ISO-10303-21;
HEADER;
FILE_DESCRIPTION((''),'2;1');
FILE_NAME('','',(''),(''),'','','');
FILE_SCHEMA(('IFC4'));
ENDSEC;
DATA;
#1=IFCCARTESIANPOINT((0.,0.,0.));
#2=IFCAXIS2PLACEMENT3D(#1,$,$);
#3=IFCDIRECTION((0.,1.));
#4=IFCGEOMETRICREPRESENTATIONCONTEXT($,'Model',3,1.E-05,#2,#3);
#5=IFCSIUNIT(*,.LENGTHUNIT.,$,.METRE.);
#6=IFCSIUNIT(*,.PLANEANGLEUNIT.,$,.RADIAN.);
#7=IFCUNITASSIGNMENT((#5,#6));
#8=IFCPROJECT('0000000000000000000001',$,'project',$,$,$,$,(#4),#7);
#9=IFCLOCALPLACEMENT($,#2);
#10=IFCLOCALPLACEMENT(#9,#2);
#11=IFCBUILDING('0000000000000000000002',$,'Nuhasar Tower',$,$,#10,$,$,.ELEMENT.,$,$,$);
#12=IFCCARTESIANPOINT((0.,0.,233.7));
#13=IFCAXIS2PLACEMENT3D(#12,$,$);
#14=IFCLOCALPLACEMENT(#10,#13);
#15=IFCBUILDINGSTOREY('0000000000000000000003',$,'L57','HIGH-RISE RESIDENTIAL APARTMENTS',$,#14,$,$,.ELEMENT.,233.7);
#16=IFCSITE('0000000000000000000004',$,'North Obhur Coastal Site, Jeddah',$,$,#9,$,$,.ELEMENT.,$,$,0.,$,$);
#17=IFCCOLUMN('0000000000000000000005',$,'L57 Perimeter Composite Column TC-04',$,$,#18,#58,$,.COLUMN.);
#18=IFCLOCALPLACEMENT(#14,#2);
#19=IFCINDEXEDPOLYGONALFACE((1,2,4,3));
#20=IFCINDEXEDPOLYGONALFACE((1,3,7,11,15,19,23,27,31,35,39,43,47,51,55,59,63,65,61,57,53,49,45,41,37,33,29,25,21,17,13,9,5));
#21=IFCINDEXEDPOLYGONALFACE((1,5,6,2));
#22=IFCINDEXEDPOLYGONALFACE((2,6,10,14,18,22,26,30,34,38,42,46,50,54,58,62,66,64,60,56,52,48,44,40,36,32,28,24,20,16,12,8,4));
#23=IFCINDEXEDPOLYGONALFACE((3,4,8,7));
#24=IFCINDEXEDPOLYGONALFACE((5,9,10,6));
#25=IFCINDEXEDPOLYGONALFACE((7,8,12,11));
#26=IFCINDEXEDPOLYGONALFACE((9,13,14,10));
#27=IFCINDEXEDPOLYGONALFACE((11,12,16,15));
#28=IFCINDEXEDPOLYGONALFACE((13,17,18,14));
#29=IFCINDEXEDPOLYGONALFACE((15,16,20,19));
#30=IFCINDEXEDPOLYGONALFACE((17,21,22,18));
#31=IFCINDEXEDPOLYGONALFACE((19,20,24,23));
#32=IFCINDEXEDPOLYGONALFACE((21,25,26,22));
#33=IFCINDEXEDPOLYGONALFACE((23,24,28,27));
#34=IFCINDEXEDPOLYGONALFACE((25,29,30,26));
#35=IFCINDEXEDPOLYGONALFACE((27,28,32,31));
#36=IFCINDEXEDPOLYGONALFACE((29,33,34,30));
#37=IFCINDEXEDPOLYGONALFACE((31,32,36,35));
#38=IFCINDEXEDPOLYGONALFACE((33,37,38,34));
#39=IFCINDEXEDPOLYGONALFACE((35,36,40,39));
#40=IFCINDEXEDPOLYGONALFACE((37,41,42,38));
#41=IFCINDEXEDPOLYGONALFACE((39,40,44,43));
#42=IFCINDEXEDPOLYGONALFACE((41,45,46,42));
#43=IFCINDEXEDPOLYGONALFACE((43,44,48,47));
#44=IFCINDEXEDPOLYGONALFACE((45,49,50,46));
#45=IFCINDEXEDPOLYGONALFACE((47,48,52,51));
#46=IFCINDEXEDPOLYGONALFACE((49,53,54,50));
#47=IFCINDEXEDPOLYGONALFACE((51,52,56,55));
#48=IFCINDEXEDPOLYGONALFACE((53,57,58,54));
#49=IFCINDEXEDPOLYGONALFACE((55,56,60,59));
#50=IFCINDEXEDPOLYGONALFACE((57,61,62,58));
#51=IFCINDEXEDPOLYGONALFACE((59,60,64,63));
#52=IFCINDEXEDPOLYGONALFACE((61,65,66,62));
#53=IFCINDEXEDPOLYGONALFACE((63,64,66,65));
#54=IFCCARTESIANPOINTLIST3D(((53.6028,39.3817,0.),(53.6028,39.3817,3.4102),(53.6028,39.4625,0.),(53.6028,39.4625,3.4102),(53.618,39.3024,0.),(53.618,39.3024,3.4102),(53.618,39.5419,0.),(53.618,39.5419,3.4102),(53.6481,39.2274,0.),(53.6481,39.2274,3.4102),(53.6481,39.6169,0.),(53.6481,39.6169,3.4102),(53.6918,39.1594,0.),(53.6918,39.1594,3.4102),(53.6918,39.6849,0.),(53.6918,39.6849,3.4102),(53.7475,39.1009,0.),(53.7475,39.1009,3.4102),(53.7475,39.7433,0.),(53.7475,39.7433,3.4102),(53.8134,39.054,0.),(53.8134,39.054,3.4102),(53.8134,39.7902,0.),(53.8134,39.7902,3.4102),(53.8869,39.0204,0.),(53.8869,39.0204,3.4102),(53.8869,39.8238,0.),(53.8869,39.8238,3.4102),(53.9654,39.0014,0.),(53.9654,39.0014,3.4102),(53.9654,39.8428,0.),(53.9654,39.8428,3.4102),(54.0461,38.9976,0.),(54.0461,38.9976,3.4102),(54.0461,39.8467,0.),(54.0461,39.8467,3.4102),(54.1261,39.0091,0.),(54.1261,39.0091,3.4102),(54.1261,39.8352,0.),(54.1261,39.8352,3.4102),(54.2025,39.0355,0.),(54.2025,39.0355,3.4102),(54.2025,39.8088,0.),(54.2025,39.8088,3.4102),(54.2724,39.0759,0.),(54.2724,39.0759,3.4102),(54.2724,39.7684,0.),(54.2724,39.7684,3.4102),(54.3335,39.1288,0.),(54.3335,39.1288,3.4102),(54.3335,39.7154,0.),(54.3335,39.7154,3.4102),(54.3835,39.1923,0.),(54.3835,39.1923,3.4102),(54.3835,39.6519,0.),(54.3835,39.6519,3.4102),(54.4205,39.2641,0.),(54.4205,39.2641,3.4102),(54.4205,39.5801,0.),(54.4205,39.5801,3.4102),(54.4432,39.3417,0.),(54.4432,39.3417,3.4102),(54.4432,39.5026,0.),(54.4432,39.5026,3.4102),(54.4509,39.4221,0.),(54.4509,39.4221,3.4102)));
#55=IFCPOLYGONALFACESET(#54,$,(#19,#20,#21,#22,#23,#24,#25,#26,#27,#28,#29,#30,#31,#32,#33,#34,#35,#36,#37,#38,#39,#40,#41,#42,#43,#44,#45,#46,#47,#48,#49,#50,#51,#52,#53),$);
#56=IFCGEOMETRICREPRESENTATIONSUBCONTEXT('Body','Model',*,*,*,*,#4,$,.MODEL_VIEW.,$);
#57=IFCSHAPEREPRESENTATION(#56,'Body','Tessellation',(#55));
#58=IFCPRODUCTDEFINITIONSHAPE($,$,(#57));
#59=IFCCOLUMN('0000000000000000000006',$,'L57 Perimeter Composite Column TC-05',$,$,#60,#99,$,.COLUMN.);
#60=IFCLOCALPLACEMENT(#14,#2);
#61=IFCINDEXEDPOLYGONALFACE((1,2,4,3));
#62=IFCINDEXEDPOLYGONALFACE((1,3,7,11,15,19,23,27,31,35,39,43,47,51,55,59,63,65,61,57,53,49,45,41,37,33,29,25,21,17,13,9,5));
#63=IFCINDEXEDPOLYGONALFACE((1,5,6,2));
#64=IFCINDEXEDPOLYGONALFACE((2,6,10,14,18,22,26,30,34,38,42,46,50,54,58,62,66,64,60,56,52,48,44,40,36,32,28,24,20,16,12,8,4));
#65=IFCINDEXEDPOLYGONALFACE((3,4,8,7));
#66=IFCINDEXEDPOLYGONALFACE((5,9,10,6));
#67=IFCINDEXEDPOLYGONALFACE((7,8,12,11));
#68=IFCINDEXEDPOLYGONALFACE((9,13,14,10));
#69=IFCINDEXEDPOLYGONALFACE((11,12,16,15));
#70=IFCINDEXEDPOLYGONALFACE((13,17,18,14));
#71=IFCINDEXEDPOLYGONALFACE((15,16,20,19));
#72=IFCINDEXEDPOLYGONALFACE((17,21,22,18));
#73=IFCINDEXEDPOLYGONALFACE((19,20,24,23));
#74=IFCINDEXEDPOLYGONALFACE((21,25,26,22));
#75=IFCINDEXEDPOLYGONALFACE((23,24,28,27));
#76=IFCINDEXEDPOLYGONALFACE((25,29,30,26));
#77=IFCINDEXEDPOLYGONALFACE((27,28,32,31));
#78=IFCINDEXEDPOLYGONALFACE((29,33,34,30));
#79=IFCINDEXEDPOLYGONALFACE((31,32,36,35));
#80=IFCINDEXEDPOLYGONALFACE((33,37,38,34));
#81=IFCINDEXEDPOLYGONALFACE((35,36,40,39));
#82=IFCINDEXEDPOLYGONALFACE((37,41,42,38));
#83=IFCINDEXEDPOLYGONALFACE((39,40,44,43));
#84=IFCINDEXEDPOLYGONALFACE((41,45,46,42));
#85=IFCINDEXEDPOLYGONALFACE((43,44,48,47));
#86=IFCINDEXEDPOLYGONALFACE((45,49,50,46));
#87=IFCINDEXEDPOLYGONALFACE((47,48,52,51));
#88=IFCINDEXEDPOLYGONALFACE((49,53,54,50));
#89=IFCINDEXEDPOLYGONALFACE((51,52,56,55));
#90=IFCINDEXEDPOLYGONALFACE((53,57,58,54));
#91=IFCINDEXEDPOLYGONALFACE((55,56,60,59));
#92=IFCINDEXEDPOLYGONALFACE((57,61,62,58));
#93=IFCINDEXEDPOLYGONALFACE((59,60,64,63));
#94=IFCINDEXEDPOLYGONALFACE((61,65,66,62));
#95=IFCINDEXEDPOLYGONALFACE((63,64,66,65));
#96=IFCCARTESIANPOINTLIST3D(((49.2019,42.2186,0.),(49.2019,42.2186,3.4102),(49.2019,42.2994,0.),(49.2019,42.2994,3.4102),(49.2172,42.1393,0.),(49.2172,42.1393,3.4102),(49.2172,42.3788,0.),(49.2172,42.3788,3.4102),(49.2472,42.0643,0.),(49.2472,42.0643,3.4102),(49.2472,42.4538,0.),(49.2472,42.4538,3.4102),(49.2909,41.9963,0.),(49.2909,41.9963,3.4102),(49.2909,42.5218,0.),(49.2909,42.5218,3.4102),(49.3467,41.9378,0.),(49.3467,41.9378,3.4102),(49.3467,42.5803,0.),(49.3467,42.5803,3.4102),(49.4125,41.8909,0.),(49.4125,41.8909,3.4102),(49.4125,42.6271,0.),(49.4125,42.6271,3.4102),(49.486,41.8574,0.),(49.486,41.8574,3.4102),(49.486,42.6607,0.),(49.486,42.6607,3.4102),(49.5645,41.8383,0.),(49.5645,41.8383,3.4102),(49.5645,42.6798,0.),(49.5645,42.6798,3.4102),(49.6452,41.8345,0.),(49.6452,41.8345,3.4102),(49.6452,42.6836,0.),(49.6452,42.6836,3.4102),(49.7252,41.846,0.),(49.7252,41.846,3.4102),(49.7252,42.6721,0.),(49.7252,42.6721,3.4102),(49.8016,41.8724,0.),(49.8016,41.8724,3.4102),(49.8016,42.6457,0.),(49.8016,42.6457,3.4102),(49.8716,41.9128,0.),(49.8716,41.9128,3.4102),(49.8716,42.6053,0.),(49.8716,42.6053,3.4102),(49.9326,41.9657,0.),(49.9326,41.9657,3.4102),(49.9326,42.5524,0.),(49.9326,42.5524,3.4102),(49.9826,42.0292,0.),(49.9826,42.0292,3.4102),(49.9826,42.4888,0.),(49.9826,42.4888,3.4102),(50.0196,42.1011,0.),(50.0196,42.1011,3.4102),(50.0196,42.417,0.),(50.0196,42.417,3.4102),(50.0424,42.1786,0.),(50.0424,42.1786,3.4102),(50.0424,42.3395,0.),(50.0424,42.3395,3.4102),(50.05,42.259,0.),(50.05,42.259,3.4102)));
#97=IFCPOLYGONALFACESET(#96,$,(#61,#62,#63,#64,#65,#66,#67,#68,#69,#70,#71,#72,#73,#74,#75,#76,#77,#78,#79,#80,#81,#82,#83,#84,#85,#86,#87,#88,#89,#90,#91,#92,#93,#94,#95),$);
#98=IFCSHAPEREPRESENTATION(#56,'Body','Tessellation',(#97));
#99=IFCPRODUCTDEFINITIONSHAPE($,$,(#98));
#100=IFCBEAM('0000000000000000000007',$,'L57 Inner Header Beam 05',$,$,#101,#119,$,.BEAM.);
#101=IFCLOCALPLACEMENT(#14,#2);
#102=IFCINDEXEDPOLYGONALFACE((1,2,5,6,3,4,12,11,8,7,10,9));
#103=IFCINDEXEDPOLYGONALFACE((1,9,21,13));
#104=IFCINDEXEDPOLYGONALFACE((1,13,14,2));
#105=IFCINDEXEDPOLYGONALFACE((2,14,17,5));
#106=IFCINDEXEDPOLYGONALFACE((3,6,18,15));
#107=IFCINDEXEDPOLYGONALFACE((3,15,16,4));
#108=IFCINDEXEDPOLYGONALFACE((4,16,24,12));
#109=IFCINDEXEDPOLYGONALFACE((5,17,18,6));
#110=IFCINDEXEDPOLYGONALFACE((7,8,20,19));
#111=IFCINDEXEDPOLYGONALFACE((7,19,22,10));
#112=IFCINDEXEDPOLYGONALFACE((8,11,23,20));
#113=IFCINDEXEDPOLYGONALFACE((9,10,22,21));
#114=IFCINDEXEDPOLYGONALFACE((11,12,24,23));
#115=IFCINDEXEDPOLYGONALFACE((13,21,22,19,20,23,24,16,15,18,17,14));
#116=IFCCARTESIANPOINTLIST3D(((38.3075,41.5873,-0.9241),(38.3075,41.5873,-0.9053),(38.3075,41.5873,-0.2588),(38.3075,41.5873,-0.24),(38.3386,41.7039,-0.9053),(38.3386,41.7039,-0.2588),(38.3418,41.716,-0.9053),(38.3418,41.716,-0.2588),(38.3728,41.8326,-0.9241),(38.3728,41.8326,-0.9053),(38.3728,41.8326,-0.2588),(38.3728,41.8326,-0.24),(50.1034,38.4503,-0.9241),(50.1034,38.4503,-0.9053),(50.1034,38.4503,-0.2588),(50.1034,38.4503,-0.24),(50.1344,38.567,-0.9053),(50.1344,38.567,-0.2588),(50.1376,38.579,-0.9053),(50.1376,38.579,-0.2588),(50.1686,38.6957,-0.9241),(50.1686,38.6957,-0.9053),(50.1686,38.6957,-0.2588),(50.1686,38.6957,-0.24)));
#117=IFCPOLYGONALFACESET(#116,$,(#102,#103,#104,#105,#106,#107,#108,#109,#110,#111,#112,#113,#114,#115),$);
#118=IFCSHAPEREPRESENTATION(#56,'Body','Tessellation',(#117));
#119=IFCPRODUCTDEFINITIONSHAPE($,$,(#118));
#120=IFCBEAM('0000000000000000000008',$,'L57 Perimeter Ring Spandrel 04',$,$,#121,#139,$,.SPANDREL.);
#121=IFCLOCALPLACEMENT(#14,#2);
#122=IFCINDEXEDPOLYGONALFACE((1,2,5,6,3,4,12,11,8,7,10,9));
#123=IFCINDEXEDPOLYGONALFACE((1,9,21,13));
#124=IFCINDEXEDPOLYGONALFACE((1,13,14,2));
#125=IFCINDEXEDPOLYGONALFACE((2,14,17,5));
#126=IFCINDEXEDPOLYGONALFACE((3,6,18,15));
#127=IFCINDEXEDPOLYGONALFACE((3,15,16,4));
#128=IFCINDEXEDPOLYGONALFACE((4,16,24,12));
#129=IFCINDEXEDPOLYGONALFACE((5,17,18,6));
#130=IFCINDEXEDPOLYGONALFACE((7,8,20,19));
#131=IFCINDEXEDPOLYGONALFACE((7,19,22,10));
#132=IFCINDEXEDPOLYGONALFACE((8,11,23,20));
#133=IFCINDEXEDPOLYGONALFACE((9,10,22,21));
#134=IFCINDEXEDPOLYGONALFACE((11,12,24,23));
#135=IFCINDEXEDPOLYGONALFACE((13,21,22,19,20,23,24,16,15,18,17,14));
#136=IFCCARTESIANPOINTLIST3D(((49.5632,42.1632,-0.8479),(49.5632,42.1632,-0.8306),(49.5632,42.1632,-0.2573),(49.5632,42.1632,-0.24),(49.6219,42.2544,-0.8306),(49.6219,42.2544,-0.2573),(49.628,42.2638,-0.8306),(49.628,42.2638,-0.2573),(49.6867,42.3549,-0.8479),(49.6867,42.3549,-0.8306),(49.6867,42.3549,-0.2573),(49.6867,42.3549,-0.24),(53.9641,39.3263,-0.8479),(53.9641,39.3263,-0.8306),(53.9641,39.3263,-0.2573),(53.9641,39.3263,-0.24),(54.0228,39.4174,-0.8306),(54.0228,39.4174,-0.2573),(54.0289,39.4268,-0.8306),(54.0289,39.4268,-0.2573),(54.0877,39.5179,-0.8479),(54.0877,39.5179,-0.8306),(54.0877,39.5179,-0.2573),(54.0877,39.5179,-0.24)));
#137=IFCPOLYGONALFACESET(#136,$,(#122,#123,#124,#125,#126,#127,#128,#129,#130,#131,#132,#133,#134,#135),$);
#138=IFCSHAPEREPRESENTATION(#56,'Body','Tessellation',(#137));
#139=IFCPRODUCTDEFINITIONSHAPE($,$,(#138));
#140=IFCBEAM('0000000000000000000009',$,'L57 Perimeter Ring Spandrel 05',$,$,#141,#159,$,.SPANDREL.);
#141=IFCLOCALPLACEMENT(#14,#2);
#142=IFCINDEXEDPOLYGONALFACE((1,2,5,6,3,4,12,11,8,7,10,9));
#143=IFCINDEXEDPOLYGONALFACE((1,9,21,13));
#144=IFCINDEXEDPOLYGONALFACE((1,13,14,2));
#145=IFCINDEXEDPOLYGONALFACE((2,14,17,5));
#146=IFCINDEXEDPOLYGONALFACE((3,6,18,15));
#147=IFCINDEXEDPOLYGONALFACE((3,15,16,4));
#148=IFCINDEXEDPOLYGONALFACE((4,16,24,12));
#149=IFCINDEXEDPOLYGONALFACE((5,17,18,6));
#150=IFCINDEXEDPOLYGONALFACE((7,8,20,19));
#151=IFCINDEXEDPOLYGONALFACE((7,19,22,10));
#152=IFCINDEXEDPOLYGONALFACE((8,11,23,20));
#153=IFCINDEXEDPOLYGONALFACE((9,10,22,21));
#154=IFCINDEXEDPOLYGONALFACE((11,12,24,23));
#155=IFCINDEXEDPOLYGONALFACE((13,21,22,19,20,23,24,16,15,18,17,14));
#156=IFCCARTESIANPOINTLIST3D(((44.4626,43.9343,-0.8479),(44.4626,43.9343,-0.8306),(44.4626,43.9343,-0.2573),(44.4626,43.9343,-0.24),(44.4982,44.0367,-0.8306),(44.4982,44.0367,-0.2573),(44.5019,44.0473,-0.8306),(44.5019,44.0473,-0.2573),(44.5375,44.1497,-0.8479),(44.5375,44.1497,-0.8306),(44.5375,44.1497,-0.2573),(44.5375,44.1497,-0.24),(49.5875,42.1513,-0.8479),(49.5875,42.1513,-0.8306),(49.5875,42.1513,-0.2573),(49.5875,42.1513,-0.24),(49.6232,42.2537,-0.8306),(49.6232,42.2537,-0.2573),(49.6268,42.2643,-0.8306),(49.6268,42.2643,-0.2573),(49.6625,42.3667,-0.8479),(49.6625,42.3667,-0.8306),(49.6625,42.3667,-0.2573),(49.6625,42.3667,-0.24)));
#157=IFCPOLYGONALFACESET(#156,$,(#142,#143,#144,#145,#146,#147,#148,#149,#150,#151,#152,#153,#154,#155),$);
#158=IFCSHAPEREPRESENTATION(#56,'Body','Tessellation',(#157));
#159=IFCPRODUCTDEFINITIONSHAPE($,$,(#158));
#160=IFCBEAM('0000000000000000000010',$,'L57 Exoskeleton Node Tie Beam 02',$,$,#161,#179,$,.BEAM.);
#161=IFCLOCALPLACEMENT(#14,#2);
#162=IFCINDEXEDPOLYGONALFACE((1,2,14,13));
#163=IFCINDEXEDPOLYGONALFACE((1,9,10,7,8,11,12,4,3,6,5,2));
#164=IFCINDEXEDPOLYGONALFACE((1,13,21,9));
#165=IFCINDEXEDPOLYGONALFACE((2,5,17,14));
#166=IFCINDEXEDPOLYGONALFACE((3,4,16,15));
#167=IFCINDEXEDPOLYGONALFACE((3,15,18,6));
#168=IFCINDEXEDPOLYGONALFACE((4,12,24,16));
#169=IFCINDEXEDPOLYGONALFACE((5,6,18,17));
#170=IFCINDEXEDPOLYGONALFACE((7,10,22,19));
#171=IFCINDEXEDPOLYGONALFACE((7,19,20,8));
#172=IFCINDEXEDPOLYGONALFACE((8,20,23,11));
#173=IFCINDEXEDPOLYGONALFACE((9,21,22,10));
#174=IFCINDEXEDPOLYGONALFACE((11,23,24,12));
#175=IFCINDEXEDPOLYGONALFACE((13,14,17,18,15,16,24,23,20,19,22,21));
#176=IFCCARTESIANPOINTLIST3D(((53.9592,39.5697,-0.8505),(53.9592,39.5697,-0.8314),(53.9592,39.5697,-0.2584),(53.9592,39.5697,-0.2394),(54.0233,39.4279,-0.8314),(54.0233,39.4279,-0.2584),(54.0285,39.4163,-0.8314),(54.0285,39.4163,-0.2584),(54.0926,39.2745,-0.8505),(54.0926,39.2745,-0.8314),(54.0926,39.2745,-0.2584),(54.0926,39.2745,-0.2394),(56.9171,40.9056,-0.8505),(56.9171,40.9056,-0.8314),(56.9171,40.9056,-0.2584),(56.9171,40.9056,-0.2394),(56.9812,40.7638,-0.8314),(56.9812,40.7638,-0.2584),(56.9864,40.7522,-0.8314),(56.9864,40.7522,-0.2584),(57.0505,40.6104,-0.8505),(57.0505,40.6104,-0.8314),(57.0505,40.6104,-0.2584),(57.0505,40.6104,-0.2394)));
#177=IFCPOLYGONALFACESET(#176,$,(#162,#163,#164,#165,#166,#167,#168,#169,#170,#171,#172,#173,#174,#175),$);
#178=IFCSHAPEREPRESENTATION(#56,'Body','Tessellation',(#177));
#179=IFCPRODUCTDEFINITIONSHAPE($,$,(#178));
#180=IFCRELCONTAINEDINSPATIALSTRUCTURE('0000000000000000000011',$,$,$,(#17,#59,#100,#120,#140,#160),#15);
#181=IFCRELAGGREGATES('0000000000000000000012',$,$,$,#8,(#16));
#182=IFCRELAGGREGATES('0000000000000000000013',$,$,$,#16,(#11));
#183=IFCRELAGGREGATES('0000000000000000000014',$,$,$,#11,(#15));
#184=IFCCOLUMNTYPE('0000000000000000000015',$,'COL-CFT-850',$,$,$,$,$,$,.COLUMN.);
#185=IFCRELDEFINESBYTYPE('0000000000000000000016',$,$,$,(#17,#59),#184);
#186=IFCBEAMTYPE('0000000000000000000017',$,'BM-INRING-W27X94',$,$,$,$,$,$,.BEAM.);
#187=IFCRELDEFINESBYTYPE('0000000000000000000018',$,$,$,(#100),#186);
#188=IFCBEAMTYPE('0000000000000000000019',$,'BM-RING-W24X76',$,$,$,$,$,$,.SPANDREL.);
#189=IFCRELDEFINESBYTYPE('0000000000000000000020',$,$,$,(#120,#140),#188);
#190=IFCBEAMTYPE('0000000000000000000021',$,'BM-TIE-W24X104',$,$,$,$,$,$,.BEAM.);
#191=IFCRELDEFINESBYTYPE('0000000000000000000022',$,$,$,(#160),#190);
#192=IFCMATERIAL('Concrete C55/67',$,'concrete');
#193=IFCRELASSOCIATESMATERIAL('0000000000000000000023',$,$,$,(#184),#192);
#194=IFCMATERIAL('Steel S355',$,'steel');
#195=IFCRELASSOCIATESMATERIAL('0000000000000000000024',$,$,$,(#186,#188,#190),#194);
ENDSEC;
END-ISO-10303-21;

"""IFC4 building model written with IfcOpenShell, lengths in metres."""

from ifc_helpers import new_model, si_unit, direction, frame, origin, origin_2d, place, context, subcontext, project, spatial, circle, i_section, extrude, material, material_profile, profile_set, type_object, element, save


model = new_model("IFC4")

# Units and contexts
model_context = context("Model", 3, precision=1e-05, world=origin(), true_north=direction((0.0, 1.0)))
body_context = subcontext(model_context, "Body", "Model", "MODEL_VIEW")
ifc_project = project(units=[si_unit("LENGTHUNIT", "METRE"), si_unit("PLANEANGLEUNIT", "RADIAN")], contexts=[model_context])

# Site, building, storey
site_placement = place(None, origin())
site = spatial("IfcSite", under=ifc_project, at=site_placement, Name="North Obhur Coastal Site, Jeddah", CompositionType="ELEMENT", RefElevation=0.0)
building_placement = place(site_placement, origin())
building = spatial("IfcBuilding", under=site, at=building_placement, Name="Nuhasar Tower", CompositionType="ELEMENT")
storey_placement = place(building_placement, frame((0.0, 0.0, 233.7)))
storey = spatial("IfcBuildingStorey", under=building, at=storey_placement, Name="L57", Description="HIGH-RISE RESIDENTIAL APARTMENTS", CompositionType="ELEMENT", Elevation=233.7)

# Columns
ifc_material_1 = material(Name="Concrete C55/67", Category="concrete")
ifc_material_profile_1 = material_profile(ifc_material_1, circle(Radius=0.425, at=origin_2d()), Name="CFT850")
ifc_profile_set_1 = profile_set([ifc_material_profile_1], Name="Concrete C55/67")
column_type = type_object("IfcColumnType", Name="COL-CFT-850", PredefinedType="COLUMN", material=ifc_profile_set_1)
for number, where, z_axis, x_axis, name in (
    (1, (54.0259, 39.4221, 0.0), (0.0, 0.0, 1.0), (1.0, 0.0, 0.0), "L57 Perimeter Composite Column TC-04"),
    (2, (49.625, 42.259, 0.0), (0.0, 0.0, 1.0), (1.0, 0.0, 0.0), "L57 Perimeter Composite Column TC-05"),
):
    element("IfcColumn", number, at=place(storey_placement, frame(where, z_axis=z_axis, x_axis=x_axis)), inside=storey, type_object=column_type, Name=name, PredefinedType="COLUMN", context=body_context, shape_type="SweptSolid", body=[
        extrude(circle(Radius=0.425, at=origin_2d()), origin(), (0.0, 0.0, 1.0), 3.4102),
    ])

# Beams
ifc_material_2 = material(Name="Steel S355", Category="steel")
ifc_material_profile_2 = material_profile(ifc_material_2, i_section(OverallWidth=0.2539, OverallDepth=0.6841, WebThickness=0.0125, FlangeThickness=0.0188, at=origin_2d()), Name="W27X94")
ifc_profile_set_2 = profile_set([ifc_material_profile_2], Name="Steel S355")
beam_type_1 = type_object("IfcBeamType", Name="BM-INRING-W27X94", PredefinedType="BEAM", material=ifc_profile_set_2)
beam_1_placement = place(storey_placement, frame((50.136, 38.573, -0.582), z_axis=(-0.96641, 0.257004, 0.0), x_axis=(-0.257004, -0.96641, 0.0)))
element("IfcBeam", 3, at=beam_1_placement, inside=storey, type_object=beam_type_1, Name="L57 Inner Header Beam 05", PredefinedType="BEAM", context=body_context, shape_type="SweptSolid", body=[
    extrude(i_section(OverallWidth=0.2539, OverallDepth=0.6841, WebThickness=0.0125, FlangeThickness=0.0188, at=origin_2d()), origin(), (0.0, 0.0, 1.0), 12.2058),
])
ifc_material_profile_3 = material_profile(ifc_material_2, i_section(OverallWidth=0.228, OverallDepth=0.6079, WebThickness=0.0112, FlangeThickness=0.0173, at=origin_2d()), Name="W24X76")
ifc_profile_set_3 = profile_set([ifc_material_profile_3], Name="Steel S355")
beam_type_2 = type_object("IfcBeamType", Name="BM-RING-W24X76", PredefinedType="SPANDREL", material=ifc_profile_set_3)
beam_2_placement = place(storey_placement, frame((54.0259, 39.4221, -0.5439), z_axis=(-0.840502, 0.541808, 0.0), x_axis=(-0.541808, -0.840502, 0.0)))
element("IfcBeam", 4, at=beam_2_placement, inside=storey, type_object=beam_type_2, Name="L57 Perimeter Ring Spandrel 04", PredefinedType="SPANDREL", context=body_context, shape_type="SweptSolid", body=[
    extrude(i_section(OverallWidth=0.228, OverallDepth=0.6079, WebThickness=0.0112, FlangeThickness=0.0173, at=origin_2d()), origin(), (0.0, 0.0, 1.0), 5.2361),
])
beam_3_placement = place(storey_placement, frame((49.625, 42.259, -0.5439), z_axis=(-0.944477, 0.328578, 0.0), x_axis=(-0.328578, -0.944477, 0.0)))
element("IfcBeam", 5, at=beam_3_placement, inside=storey, type_object=beam_type_2, Name="L57 Perimeter Ring Spandrel 05", PredefinedType="SPANDREL", context=body_context, shape_type="SweptSolid", body=[
    extrude(i_section(OverallWidth=0.228, OverallDepth=0.6079, WebThickness=0.0112, FlangeThickness=0.0173, at=origin_2d()), origin(), (0.0, 0.0, 1.0), 5.4263),
])
ifc_material_profile_4 = material_profile(ifc_material_2, i_section(OverallWidth=0.324, OverallDepth=0.6111, WebThickness=0.0127, FlangeThickness=0.019, at=origin_2d()), Name="W24X104")
ifc_profile_set_4 = profile_set([ifc_material_profile_4], Name="Steel S355")
beam_type_3 = type_object("IfcBeamType", Name="BM-TIE-W24X104", PredefinedType="BEAM", material=ifc_profile_set_4)
beam_4_placement = place(storey_placement, frame((54.0259, 39.4221, -0.5449), z_axis=(0.911363, 0.411603, 0.0), x_axis=(-0.411603, 0.911363, 0.0)))
element("IfcBeam", 6, at=beam_4_placement, inside=storey, type_object=beam_type_3, Name="L57 Exoskeleton Node Tie Beam 02", PredefinedType="BEAM", context=body_context, shape_type="SweptSolid", body=[
    extrude(i_section(OverallWidth=0.324, OverallDepth=0.6111, WebThickness=0.0127, FlangeThickness=0.019, at=origin_2d()), origin(), (0.0, 0.0, 1.0), 3.2456),
])

save(model, "model.ifc")
